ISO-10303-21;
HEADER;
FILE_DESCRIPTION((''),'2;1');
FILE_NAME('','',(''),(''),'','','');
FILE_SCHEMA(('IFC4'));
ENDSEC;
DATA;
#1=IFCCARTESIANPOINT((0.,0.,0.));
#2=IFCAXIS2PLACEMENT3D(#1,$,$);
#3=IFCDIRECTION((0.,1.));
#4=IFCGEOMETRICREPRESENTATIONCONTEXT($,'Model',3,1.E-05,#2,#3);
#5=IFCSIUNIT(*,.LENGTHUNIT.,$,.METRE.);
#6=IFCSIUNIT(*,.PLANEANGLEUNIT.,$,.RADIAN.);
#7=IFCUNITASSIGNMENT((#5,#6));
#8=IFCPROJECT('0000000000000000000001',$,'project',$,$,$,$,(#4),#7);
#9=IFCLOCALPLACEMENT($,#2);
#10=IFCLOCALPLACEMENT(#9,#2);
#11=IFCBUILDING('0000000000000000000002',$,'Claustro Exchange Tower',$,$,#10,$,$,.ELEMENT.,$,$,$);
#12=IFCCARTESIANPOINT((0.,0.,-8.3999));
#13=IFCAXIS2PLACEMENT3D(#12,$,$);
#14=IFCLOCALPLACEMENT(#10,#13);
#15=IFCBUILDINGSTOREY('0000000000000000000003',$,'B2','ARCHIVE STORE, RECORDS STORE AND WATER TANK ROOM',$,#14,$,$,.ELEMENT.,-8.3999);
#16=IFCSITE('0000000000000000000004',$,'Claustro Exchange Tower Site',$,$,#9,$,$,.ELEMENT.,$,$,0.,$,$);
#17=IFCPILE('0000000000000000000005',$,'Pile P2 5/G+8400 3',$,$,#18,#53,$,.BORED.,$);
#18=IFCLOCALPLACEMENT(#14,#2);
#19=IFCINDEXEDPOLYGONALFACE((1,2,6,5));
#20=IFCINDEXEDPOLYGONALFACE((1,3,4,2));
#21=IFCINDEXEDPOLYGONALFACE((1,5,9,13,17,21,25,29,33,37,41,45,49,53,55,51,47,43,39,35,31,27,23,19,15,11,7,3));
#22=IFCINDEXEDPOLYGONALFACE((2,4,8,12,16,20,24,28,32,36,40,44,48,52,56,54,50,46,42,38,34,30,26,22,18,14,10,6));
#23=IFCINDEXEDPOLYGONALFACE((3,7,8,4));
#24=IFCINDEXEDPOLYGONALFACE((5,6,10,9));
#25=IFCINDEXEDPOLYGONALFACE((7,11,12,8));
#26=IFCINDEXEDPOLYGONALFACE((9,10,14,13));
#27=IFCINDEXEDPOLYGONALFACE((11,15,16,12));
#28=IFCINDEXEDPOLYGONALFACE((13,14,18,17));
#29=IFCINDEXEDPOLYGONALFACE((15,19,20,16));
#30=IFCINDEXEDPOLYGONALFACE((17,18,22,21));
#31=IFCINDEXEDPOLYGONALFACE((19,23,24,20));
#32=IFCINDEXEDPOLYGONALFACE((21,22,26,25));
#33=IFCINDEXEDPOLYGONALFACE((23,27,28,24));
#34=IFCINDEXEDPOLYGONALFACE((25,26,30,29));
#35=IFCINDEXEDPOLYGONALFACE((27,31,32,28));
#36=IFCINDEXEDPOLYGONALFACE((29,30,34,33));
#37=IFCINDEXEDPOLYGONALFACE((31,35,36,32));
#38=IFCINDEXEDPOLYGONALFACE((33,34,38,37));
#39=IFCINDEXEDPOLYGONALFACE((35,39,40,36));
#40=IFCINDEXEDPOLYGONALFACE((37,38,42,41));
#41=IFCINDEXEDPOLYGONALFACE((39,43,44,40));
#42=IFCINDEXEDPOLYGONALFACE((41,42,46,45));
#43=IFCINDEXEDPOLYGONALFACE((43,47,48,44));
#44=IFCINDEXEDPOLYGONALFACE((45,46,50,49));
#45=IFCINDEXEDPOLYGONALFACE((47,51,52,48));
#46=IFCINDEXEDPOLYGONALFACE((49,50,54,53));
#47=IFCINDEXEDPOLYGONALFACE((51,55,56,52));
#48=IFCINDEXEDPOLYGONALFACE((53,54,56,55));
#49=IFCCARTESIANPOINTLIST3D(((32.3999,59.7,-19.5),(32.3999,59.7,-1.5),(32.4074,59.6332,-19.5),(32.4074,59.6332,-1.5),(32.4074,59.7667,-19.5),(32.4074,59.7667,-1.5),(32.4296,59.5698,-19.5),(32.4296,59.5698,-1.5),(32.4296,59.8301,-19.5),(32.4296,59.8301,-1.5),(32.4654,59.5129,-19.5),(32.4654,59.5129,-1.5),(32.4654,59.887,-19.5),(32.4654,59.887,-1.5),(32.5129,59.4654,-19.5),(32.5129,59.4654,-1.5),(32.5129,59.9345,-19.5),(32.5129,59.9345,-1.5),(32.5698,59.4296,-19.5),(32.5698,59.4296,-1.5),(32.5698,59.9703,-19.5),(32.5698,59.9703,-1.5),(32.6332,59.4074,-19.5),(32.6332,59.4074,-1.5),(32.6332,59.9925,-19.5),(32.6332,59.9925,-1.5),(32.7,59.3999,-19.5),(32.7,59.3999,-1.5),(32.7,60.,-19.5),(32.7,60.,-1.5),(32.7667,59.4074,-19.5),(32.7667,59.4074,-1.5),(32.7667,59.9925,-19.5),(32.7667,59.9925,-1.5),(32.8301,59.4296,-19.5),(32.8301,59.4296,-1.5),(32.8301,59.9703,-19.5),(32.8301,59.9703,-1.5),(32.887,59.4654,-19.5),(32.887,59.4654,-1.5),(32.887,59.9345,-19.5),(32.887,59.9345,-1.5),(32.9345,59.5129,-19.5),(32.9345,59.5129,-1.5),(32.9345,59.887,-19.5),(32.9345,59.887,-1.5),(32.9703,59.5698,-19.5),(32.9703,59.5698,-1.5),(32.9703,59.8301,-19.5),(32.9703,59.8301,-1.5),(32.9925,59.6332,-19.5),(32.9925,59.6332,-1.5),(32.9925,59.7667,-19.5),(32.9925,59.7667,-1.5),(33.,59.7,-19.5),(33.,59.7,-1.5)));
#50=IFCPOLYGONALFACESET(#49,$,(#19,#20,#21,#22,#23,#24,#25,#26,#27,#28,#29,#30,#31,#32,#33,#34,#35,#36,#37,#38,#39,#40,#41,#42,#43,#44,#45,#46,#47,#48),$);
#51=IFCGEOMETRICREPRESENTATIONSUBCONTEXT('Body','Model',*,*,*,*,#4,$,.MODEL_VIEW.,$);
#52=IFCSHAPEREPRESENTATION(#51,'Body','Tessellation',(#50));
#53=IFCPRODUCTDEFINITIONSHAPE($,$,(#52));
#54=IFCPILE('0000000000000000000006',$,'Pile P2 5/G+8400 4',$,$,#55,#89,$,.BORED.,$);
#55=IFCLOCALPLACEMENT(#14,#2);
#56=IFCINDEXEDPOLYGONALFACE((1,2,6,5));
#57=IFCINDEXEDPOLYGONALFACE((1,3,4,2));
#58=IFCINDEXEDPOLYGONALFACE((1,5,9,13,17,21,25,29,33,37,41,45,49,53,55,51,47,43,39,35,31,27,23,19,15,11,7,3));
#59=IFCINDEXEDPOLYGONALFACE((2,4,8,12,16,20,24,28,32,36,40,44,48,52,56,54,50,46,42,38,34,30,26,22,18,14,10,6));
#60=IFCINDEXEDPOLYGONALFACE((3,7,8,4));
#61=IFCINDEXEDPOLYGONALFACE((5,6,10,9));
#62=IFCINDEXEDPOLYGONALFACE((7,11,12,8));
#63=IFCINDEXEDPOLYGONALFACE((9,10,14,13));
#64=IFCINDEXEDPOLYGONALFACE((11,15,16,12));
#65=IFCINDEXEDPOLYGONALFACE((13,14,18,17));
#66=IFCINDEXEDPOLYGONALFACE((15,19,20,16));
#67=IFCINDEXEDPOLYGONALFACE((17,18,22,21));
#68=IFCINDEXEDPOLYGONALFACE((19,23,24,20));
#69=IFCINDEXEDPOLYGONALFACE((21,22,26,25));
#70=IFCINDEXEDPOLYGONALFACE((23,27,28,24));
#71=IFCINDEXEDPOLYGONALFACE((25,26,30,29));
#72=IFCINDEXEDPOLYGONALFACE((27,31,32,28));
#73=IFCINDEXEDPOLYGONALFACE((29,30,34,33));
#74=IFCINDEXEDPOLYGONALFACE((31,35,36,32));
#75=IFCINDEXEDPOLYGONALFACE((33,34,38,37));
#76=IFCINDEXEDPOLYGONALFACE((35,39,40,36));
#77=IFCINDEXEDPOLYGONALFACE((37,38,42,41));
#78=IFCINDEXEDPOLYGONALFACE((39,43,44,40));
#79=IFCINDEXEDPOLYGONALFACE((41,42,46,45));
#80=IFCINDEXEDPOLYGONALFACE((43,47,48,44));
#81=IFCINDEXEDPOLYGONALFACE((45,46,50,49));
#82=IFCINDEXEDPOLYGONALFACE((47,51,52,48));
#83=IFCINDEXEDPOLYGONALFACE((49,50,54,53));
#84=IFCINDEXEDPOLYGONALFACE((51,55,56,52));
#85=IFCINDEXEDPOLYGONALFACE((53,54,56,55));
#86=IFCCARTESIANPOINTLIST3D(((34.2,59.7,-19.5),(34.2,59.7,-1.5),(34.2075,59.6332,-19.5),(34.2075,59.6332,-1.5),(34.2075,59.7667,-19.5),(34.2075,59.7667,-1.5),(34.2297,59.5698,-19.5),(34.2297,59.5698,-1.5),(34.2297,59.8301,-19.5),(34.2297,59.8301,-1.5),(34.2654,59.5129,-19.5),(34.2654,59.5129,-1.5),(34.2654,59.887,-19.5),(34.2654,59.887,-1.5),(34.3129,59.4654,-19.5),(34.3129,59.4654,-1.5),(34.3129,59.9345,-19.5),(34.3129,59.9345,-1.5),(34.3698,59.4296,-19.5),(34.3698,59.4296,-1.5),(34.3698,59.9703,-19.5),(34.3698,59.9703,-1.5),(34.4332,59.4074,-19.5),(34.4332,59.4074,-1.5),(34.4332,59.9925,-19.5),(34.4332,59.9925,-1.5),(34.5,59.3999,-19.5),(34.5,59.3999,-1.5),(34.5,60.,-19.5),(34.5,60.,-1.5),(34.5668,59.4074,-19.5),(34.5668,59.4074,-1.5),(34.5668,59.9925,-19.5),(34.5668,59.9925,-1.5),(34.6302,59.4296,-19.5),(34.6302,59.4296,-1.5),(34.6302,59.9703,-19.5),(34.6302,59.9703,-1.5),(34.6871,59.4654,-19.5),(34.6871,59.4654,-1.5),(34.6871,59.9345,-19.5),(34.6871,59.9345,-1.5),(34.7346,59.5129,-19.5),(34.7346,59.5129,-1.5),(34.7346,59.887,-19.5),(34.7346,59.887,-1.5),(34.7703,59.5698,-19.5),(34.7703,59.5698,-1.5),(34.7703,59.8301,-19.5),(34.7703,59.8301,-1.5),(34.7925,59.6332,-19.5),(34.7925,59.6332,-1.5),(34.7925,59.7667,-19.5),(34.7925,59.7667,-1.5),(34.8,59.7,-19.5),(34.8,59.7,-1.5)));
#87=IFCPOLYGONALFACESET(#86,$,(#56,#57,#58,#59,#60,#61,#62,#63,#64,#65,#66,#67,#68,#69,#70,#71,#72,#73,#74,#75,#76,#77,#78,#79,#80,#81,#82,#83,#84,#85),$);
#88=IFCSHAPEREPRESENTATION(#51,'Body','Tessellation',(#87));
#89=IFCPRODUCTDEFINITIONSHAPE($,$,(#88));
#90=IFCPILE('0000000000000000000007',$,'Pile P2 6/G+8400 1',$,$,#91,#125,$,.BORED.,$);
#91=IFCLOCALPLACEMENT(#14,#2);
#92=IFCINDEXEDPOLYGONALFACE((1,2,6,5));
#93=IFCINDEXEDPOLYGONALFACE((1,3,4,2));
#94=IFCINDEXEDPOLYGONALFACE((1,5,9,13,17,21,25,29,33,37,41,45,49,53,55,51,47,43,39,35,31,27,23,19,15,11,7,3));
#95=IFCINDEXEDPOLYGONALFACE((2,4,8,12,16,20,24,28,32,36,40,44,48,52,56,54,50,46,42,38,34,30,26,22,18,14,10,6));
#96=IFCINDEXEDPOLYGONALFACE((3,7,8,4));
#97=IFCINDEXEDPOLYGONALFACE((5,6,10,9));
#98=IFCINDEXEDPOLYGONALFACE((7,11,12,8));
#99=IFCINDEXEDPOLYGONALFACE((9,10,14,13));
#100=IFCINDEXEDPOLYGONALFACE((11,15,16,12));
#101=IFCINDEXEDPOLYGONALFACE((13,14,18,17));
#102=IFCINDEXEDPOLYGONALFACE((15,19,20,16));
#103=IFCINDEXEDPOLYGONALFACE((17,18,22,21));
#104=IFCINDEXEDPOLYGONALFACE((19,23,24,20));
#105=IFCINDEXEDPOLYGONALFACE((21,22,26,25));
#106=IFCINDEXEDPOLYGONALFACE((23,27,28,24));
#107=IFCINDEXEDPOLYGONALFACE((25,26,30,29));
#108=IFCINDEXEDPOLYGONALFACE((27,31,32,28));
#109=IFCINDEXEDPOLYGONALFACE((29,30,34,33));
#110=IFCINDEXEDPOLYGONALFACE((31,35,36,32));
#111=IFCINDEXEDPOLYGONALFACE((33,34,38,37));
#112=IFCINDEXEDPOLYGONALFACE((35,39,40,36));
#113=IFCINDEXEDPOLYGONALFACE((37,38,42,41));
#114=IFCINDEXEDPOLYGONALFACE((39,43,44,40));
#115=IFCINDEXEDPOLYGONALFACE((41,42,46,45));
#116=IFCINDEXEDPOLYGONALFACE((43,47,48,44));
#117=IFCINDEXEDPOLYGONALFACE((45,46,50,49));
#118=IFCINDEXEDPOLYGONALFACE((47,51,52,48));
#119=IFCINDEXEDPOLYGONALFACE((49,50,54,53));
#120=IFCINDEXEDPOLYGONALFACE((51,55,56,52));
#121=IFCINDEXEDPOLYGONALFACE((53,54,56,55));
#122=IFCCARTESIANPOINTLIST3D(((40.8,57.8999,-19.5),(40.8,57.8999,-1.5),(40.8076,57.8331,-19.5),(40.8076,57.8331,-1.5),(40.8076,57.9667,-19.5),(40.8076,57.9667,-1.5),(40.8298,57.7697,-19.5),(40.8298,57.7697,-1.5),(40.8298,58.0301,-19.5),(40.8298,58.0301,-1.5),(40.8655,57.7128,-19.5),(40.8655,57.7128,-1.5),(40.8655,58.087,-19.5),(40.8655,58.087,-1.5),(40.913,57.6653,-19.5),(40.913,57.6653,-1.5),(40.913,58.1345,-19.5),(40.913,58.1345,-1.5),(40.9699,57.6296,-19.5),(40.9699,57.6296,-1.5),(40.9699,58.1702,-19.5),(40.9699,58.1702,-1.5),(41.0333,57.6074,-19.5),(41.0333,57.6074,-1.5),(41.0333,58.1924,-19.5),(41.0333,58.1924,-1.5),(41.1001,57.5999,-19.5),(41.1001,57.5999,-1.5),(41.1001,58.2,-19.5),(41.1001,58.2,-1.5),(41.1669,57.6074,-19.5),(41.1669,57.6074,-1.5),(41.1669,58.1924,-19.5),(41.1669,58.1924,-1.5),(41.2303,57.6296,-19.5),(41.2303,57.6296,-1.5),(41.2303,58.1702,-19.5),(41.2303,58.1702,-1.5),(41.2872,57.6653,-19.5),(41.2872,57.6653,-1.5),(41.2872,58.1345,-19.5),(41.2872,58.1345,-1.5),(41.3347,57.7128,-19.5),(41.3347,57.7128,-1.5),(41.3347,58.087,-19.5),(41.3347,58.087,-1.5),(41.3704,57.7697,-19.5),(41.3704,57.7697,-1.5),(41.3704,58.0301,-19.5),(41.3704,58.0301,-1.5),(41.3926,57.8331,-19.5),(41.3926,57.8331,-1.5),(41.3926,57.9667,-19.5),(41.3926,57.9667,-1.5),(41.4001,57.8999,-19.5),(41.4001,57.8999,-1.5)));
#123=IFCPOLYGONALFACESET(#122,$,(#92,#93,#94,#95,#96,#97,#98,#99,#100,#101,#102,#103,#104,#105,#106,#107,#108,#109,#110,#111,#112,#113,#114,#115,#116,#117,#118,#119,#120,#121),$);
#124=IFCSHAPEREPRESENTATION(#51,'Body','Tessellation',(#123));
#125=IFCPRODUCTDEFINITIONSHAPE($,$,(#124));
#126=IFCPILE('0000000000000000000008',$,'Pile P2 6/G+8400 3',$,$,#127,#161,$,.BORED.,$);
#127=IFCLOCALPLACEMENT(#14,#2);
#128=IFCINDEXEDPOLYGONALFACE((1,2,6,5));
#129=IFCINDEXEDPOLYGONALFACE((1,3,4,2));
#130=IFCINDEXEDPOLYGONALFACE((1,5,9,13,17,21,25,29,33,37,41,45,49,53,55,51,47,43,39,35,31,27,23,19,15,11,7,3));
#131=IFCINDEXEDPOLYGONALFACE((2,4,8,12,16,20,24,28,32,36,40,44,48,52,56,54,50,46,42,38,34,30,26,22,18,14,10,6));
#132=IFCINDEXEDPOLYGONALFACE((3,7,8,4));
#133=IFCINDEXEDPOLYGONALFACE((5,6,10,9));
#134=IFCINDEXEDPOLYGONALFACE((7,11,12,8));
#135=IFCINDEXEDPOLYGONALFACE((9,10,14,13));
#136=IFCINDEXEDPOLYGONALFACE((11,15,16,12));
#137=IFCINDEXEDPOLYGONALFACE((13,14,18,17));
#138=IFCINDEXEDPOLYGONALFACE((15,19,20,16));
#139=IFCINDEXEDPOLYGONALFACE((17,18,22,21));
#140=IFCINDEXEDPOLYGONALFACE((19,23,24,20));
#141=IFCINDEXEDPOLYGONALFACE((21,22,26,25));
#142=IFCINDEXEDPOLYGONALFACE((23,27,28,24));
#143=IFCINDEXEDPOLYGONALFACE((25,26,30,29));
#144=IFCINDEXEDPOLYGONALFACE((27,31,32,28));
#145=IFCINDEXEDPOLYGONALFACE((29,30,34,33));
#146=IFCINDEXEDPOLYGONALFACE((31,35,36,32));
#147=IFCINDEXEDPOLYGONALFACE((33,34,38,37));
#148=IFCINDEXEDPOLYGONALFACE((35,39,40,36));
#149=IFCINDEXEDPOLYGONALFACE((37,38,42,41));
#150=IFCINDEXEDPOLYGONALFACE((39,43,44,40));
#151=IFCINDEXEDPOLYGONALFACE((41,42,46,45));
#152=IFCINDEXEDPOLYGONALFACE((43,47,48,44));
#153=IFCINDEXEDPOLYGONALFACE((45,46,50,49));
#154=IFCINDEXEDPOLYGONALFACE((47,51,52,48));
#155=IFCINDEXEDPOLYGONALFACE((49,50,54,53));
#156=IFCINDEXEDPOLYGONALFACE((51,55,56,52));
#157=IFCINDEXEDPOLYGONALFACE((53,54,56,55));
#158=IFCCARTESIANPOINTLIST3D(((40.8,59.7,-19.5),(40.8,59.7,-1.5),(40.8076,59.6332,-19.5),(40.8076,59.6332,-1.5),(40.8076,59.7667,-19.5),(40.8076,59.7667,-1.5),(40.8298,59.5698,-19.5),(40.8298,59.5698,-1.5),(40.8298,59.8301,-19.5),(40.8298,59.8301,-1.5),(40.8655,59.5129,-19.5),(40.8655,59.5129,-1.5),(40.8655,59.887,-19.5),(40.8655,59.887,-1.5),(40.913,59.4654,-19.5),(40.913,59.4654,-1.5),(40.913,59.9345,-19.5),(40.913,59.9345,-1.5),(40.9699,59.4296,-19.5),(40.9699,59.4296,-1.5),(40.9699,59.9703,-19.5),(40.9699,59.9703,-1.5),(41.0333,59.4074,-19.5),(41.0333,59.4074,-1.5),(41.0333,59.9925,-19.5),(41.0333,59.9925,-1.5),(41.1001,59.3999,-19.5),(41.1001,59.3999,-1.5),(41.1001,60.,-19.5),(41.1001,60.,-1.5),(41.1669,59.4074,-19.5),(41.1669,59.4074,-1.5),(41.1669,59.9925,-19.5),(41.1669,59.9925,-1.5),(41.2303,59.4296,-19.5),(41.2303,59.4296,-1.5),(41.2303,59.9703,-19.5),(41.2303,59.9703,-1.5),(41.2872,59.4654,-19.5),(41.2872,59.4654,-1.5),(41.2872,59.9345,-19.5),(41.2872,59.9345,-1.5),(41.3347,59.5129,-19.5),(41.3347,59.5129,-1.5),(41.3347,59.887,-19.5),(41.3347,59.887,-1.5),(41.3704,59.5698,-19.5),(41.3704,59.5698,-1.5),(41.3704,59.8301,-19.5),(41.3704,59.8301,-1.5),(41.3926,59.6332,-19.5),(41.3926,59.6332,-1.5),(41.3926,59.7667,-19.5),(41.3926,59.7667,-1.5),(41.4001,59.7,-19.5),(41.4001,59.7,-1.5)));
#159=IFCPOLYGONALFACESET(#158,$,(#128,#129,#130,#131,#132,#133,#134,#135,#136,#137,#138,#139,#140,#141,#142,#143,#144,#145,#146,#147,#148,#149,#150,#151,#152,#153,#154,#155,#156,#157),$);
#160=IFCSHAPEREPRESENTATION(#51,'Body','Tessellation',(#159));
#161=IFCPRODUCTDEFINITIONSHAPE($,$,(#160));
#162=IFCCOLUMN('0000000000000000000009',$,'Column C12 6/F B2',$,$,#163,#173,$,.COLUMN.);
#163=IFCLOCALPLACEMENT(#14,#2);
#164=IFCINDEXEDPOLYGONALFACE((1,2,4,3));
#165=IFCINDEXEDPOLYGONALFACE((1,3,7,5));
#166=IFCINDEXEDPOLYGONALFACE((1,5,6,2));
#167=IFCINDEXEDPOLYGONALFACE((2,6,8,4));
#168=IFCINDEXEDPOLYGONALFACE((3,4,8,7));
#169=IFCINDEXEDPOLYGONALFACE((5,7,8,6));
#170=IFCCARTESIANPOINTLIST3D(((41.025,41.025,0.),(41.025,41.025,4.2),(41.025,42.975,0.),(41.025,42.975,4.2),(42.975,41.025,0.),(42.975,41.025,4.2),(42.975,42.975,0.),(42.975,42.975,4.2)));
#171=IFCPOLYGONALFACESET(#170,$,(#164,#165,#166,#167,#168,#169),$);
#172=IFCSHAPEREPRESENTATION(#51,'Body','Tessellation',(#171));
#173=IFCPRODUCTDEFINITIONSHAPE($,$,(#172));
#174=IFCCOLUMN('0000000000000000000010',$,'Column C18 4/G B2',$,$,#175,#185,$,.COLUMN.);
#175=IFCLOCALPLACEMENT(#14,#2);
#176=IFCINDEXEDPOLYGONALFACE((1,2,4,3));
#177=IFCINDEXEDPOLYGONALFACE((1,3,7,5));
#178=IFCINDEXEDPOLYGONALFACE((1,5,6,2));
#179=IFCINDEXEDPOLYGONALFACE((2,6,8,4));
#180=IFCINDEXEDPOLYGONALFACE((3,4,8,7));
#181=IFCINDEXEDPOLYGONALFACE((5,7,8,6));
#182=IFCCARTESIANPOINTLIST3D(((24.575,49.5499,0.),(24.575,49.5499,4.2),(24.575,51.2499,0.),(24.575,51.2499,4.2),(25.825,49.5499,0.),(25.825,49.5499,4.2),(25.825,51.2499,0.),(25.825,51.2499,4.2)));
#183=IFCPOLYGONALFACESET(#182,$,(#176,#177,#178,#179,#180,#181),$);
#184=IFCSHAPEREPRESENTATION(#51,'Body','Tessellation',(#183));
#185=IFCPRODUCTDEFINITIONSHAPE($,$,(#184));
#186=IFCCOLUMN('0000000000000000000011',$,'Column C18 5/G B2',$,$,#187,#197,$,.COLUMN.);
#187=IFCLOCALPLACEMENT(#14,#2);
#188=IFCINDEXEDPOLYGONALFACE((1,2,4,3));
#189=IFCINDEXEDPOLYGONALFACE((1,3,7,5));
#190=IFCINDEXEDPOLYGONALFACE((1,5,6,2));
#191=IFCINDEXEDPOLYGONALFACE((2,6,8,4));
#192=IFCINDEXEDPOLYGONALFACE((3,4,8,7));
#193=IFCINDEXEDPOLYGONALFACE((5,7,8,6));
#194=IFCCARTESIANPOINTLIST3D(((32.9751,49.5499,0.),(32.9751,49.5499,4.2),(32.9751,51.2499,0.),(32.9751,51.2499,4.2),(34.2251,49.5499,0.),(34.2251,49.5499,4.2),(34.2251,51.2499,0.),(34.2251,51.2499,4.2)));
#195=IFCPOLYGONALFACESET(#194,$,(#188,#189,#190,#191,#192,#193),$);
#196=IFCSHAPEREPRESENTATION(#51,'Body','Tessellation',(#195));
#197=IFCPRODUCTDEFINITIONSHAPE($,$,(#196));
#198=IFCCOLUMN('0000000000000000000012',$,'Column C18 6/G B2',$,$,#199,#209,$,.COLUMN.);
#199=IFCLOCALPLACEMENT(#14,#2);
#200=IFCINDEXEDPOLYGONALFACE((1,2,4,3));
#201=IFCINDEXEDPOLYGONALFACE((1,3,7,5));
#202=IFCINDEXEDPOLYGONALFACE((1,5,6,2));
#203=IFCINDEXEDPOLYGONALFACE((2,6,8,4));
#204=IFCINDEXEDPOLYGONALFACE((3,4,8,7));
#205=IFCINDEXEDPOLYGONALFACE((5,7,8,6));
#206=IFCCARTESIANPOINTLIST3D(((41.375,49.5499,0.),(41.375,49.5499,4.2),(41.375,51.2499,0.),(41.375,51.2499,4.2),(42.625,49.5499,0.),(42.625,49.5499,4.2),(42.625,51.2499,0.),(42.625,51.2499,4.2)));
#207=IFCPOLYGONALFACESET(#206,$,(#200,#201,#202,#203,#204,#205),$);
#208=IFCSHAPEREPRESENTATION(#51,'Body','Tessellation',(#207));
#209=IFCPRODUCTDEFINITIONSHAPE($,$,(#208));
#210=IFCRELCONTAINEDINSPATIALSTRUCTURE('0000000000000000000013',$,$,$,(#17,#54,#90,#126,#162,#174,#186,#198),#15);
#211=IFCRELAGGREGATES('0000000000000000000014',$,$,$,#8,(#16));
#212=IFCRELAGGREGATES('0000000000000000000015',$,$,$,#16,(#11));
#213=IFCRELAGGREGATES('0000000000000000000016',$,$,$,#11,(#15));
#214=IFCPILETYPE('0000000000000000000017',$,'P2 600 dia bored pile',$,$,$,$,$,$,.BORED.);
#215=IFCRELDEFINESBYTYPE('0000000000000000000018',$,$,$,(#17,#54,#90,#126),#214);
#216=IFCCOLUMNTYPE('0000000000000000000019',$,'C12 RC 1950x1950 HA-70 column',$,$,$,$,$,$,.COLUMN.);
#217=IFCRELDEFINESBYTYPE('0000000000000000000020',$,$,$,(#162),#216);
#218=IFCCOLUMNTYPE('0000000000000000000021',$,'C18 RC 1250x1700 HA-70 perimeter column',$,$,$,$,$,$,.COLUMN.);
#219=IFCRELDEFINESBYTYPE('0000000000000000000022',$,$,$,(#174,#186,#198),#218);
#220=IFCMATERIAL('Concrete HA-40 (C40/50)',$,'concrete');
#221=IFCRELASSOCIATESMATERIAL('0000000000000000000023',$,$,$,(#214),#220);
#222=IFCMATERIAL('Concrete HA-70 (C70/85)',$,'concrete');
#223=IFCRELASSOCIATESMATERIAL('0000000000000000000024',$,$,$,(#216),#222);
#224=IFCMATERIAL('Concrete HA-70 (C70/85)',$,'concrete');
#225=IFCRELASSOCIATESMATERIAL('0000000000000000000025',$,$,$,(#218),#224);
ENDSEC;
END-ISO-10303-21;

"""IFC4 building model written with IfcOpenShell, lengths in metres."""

from ifc_helpers import new_model, si_unit, direction, frame, origin, origin_2d, place, context, subcontext, project, spatial, rectangle, circle, extrude, material, material_profile, profile_set, type_object, element, save


model = new_model("IFC4")

# Units and contexts
model_context = context("Model", 3, precision=1e-05, world=origin(), true_north=direction((0.0, 1.0)))
body_context = subcontext(model_context, "Body", "Model", "MODEL_VIEW")
ifc_project = project(units=[si_unit("LENGTHUNIT", "METRE"), si_unit("PLANEANGLEUNIT", "RADIAN")], contexts=[model_context])

# Site, building, storey
site_placement = place(None, origin())
site = spatial("IfcSite", under=ifc_project, at=site_placement, Name="Claustro Exchange Tower Site", CompositionType="ELEMENT", RefElevation=0.0)
building_placement = place(site_placement, origin())
building = spatial("IfcBuilding", under=site, at=building_placement, Name="Claustro Exchange Tower", CompositionType="ELEMENT")
storey_placement = place(building_placement, frame((0.0, 0.0, -8.3999)))
storey = spatial("IfcBuildingStorey", under=building, at=storey_placement, Name="B2", Description="ARCHIVE STORE, RECORDS STORE AND WATER TANK ROOM", CompositionType="ELEMENT", Elevation=-8.3999)

# Piles
ifc_material_1 = material(Name="Concrete HA-40 (C40/50)", Category="concrete")
pile_type_1 = type_object("IfcPileType", Name="P2 600 dia bored pile", PredefinedType="BORED", material=ifc_material_1)
for number, where, z_axis, x_axis, name in (
    (1, (32.7, 59.7, -1.5), (0.0, 0.0, -1.0), (1.0, 0.0, 0.0), "Pile P2 5/G+8400 3"),
    (2, (34.5, 59.7, -1.5), (0.0, 0.0, -1.0), (1.0, 0.0, 0.0), "Pile P2 5/G+8400 4"),
    (3, (41.1001, 57.8999, -1.5), (0.0, 0.0, -1.0), (1.0, 0.0, 0.0), "Pile P2 6/G+8400 1"),
    (4, (41.1001, 59.7, -1.5), (0.0, 0.0, -1.0), (1.0, 0.0, 0.0), "Pile P2 6/G+8400 3"),
):
    element("IfcPile", number, at=place(storey_placement, frame(where, z_axis=z_axis, x_axis=x_axis)), inside=storey, type_object=pile_type_1, Name=name, PredefinedType="BORED", context=body_context, shape_type="SweptSolid", body=[
        extrude(circle(Radius=0.3, at=origin_2d()), origin(), (0.0, 0.0, 1.0), 18.0),
    ])

# Columns
ifc_material_2 = material(Name="Concrete HA-70 (C70/85)", Category="concrete")
ifc_material_profile_1 = material_profile(ifc_material_2, rectangle(XDim=1.95, YDim=1.95, at=origin_2d()), Name="RC 1950x1950")
ifc_profile_set_1 = profile_set([ifc_material_profile_1], Name="Concrete HA-70 (C70/85)")
column_type_1 = type_object("IfcColumnType", Name="C12 RC 1950x1950 HA-70 column", PredefinedType="COLUMN", material=ifc_profile_set_1)
column_placement = place(storey_placement, frame((42.0, 42.0, 0.0), z_axis=(0.0, 0.0, 1.0), x_axis=(1.0, 0.0, 0.0)))
element("IfcColumn", 5, at=column_placement, inside=storey, type_object=column_type_1, Name="Column C12 6/F B2", PredefinedType="COLUMN", context=body_context, shape_type="SweptSolid", body=[
    extrude(rectangle(XDim=1.95, YDim=1.95, at=origin_2d()), origin(), (0.0, 0.0, 1.0), 4.2),
])
ifc_material_3 = material(Name="Concrete HA-70 (C70/85)", Category="concrete")
ifc_material_profile_2 = material_profile(ifc_material_3, rectangle(XDim=1.25, YDim=1.7, at=origin_2d()), Name="RC 1250x1700")
ifc_profile_set_2 = profile_set([ifc_material_profile_2], Name="Concrete HA-70 (C70/85)")
column_type_2 = type_object("IfcColumnType", Name="C18 RC 1250x1700 HA-70 perimeter column", PredefinedType="COLUMN", material=ifc_profile_set_2)
for number, where, z_axis, x_axis, name in (
    (6, (25.2, 50.3999, 0.0), (0.0, 0.0, 1.0), (1.0, 0.0, 0.0), "Column C18 4/G B2"),
    (7, (33.6001, 50.3999, 0.0), (0.0, 0.0, 1.0), (1.0, 0.0, 0.0), "Column C18 5/G B2"),
    (8, (42.0, 50.3999, 0.0), (0.0, 0.0, 1.0), (1.0, 0.0, 0.0), "Column C18 6/G B2"),
):
    element("IfcColumn", number, at=place(storey_placement, frame(where, z_axis=z_axis, x_axis=x_axis)), inside=storey, type_object=column_type_2, Name=name, PredefinedType="COLUMN", context=body_context, shape_type="SweptSolid", body=[
        extrude(rectangle(XDim=1.25, YDim=1.7, at=origin_2d()), origin(), (0.0, 0.0, 1.0), 4.2),
    ])

save(model, "model.ifc")
